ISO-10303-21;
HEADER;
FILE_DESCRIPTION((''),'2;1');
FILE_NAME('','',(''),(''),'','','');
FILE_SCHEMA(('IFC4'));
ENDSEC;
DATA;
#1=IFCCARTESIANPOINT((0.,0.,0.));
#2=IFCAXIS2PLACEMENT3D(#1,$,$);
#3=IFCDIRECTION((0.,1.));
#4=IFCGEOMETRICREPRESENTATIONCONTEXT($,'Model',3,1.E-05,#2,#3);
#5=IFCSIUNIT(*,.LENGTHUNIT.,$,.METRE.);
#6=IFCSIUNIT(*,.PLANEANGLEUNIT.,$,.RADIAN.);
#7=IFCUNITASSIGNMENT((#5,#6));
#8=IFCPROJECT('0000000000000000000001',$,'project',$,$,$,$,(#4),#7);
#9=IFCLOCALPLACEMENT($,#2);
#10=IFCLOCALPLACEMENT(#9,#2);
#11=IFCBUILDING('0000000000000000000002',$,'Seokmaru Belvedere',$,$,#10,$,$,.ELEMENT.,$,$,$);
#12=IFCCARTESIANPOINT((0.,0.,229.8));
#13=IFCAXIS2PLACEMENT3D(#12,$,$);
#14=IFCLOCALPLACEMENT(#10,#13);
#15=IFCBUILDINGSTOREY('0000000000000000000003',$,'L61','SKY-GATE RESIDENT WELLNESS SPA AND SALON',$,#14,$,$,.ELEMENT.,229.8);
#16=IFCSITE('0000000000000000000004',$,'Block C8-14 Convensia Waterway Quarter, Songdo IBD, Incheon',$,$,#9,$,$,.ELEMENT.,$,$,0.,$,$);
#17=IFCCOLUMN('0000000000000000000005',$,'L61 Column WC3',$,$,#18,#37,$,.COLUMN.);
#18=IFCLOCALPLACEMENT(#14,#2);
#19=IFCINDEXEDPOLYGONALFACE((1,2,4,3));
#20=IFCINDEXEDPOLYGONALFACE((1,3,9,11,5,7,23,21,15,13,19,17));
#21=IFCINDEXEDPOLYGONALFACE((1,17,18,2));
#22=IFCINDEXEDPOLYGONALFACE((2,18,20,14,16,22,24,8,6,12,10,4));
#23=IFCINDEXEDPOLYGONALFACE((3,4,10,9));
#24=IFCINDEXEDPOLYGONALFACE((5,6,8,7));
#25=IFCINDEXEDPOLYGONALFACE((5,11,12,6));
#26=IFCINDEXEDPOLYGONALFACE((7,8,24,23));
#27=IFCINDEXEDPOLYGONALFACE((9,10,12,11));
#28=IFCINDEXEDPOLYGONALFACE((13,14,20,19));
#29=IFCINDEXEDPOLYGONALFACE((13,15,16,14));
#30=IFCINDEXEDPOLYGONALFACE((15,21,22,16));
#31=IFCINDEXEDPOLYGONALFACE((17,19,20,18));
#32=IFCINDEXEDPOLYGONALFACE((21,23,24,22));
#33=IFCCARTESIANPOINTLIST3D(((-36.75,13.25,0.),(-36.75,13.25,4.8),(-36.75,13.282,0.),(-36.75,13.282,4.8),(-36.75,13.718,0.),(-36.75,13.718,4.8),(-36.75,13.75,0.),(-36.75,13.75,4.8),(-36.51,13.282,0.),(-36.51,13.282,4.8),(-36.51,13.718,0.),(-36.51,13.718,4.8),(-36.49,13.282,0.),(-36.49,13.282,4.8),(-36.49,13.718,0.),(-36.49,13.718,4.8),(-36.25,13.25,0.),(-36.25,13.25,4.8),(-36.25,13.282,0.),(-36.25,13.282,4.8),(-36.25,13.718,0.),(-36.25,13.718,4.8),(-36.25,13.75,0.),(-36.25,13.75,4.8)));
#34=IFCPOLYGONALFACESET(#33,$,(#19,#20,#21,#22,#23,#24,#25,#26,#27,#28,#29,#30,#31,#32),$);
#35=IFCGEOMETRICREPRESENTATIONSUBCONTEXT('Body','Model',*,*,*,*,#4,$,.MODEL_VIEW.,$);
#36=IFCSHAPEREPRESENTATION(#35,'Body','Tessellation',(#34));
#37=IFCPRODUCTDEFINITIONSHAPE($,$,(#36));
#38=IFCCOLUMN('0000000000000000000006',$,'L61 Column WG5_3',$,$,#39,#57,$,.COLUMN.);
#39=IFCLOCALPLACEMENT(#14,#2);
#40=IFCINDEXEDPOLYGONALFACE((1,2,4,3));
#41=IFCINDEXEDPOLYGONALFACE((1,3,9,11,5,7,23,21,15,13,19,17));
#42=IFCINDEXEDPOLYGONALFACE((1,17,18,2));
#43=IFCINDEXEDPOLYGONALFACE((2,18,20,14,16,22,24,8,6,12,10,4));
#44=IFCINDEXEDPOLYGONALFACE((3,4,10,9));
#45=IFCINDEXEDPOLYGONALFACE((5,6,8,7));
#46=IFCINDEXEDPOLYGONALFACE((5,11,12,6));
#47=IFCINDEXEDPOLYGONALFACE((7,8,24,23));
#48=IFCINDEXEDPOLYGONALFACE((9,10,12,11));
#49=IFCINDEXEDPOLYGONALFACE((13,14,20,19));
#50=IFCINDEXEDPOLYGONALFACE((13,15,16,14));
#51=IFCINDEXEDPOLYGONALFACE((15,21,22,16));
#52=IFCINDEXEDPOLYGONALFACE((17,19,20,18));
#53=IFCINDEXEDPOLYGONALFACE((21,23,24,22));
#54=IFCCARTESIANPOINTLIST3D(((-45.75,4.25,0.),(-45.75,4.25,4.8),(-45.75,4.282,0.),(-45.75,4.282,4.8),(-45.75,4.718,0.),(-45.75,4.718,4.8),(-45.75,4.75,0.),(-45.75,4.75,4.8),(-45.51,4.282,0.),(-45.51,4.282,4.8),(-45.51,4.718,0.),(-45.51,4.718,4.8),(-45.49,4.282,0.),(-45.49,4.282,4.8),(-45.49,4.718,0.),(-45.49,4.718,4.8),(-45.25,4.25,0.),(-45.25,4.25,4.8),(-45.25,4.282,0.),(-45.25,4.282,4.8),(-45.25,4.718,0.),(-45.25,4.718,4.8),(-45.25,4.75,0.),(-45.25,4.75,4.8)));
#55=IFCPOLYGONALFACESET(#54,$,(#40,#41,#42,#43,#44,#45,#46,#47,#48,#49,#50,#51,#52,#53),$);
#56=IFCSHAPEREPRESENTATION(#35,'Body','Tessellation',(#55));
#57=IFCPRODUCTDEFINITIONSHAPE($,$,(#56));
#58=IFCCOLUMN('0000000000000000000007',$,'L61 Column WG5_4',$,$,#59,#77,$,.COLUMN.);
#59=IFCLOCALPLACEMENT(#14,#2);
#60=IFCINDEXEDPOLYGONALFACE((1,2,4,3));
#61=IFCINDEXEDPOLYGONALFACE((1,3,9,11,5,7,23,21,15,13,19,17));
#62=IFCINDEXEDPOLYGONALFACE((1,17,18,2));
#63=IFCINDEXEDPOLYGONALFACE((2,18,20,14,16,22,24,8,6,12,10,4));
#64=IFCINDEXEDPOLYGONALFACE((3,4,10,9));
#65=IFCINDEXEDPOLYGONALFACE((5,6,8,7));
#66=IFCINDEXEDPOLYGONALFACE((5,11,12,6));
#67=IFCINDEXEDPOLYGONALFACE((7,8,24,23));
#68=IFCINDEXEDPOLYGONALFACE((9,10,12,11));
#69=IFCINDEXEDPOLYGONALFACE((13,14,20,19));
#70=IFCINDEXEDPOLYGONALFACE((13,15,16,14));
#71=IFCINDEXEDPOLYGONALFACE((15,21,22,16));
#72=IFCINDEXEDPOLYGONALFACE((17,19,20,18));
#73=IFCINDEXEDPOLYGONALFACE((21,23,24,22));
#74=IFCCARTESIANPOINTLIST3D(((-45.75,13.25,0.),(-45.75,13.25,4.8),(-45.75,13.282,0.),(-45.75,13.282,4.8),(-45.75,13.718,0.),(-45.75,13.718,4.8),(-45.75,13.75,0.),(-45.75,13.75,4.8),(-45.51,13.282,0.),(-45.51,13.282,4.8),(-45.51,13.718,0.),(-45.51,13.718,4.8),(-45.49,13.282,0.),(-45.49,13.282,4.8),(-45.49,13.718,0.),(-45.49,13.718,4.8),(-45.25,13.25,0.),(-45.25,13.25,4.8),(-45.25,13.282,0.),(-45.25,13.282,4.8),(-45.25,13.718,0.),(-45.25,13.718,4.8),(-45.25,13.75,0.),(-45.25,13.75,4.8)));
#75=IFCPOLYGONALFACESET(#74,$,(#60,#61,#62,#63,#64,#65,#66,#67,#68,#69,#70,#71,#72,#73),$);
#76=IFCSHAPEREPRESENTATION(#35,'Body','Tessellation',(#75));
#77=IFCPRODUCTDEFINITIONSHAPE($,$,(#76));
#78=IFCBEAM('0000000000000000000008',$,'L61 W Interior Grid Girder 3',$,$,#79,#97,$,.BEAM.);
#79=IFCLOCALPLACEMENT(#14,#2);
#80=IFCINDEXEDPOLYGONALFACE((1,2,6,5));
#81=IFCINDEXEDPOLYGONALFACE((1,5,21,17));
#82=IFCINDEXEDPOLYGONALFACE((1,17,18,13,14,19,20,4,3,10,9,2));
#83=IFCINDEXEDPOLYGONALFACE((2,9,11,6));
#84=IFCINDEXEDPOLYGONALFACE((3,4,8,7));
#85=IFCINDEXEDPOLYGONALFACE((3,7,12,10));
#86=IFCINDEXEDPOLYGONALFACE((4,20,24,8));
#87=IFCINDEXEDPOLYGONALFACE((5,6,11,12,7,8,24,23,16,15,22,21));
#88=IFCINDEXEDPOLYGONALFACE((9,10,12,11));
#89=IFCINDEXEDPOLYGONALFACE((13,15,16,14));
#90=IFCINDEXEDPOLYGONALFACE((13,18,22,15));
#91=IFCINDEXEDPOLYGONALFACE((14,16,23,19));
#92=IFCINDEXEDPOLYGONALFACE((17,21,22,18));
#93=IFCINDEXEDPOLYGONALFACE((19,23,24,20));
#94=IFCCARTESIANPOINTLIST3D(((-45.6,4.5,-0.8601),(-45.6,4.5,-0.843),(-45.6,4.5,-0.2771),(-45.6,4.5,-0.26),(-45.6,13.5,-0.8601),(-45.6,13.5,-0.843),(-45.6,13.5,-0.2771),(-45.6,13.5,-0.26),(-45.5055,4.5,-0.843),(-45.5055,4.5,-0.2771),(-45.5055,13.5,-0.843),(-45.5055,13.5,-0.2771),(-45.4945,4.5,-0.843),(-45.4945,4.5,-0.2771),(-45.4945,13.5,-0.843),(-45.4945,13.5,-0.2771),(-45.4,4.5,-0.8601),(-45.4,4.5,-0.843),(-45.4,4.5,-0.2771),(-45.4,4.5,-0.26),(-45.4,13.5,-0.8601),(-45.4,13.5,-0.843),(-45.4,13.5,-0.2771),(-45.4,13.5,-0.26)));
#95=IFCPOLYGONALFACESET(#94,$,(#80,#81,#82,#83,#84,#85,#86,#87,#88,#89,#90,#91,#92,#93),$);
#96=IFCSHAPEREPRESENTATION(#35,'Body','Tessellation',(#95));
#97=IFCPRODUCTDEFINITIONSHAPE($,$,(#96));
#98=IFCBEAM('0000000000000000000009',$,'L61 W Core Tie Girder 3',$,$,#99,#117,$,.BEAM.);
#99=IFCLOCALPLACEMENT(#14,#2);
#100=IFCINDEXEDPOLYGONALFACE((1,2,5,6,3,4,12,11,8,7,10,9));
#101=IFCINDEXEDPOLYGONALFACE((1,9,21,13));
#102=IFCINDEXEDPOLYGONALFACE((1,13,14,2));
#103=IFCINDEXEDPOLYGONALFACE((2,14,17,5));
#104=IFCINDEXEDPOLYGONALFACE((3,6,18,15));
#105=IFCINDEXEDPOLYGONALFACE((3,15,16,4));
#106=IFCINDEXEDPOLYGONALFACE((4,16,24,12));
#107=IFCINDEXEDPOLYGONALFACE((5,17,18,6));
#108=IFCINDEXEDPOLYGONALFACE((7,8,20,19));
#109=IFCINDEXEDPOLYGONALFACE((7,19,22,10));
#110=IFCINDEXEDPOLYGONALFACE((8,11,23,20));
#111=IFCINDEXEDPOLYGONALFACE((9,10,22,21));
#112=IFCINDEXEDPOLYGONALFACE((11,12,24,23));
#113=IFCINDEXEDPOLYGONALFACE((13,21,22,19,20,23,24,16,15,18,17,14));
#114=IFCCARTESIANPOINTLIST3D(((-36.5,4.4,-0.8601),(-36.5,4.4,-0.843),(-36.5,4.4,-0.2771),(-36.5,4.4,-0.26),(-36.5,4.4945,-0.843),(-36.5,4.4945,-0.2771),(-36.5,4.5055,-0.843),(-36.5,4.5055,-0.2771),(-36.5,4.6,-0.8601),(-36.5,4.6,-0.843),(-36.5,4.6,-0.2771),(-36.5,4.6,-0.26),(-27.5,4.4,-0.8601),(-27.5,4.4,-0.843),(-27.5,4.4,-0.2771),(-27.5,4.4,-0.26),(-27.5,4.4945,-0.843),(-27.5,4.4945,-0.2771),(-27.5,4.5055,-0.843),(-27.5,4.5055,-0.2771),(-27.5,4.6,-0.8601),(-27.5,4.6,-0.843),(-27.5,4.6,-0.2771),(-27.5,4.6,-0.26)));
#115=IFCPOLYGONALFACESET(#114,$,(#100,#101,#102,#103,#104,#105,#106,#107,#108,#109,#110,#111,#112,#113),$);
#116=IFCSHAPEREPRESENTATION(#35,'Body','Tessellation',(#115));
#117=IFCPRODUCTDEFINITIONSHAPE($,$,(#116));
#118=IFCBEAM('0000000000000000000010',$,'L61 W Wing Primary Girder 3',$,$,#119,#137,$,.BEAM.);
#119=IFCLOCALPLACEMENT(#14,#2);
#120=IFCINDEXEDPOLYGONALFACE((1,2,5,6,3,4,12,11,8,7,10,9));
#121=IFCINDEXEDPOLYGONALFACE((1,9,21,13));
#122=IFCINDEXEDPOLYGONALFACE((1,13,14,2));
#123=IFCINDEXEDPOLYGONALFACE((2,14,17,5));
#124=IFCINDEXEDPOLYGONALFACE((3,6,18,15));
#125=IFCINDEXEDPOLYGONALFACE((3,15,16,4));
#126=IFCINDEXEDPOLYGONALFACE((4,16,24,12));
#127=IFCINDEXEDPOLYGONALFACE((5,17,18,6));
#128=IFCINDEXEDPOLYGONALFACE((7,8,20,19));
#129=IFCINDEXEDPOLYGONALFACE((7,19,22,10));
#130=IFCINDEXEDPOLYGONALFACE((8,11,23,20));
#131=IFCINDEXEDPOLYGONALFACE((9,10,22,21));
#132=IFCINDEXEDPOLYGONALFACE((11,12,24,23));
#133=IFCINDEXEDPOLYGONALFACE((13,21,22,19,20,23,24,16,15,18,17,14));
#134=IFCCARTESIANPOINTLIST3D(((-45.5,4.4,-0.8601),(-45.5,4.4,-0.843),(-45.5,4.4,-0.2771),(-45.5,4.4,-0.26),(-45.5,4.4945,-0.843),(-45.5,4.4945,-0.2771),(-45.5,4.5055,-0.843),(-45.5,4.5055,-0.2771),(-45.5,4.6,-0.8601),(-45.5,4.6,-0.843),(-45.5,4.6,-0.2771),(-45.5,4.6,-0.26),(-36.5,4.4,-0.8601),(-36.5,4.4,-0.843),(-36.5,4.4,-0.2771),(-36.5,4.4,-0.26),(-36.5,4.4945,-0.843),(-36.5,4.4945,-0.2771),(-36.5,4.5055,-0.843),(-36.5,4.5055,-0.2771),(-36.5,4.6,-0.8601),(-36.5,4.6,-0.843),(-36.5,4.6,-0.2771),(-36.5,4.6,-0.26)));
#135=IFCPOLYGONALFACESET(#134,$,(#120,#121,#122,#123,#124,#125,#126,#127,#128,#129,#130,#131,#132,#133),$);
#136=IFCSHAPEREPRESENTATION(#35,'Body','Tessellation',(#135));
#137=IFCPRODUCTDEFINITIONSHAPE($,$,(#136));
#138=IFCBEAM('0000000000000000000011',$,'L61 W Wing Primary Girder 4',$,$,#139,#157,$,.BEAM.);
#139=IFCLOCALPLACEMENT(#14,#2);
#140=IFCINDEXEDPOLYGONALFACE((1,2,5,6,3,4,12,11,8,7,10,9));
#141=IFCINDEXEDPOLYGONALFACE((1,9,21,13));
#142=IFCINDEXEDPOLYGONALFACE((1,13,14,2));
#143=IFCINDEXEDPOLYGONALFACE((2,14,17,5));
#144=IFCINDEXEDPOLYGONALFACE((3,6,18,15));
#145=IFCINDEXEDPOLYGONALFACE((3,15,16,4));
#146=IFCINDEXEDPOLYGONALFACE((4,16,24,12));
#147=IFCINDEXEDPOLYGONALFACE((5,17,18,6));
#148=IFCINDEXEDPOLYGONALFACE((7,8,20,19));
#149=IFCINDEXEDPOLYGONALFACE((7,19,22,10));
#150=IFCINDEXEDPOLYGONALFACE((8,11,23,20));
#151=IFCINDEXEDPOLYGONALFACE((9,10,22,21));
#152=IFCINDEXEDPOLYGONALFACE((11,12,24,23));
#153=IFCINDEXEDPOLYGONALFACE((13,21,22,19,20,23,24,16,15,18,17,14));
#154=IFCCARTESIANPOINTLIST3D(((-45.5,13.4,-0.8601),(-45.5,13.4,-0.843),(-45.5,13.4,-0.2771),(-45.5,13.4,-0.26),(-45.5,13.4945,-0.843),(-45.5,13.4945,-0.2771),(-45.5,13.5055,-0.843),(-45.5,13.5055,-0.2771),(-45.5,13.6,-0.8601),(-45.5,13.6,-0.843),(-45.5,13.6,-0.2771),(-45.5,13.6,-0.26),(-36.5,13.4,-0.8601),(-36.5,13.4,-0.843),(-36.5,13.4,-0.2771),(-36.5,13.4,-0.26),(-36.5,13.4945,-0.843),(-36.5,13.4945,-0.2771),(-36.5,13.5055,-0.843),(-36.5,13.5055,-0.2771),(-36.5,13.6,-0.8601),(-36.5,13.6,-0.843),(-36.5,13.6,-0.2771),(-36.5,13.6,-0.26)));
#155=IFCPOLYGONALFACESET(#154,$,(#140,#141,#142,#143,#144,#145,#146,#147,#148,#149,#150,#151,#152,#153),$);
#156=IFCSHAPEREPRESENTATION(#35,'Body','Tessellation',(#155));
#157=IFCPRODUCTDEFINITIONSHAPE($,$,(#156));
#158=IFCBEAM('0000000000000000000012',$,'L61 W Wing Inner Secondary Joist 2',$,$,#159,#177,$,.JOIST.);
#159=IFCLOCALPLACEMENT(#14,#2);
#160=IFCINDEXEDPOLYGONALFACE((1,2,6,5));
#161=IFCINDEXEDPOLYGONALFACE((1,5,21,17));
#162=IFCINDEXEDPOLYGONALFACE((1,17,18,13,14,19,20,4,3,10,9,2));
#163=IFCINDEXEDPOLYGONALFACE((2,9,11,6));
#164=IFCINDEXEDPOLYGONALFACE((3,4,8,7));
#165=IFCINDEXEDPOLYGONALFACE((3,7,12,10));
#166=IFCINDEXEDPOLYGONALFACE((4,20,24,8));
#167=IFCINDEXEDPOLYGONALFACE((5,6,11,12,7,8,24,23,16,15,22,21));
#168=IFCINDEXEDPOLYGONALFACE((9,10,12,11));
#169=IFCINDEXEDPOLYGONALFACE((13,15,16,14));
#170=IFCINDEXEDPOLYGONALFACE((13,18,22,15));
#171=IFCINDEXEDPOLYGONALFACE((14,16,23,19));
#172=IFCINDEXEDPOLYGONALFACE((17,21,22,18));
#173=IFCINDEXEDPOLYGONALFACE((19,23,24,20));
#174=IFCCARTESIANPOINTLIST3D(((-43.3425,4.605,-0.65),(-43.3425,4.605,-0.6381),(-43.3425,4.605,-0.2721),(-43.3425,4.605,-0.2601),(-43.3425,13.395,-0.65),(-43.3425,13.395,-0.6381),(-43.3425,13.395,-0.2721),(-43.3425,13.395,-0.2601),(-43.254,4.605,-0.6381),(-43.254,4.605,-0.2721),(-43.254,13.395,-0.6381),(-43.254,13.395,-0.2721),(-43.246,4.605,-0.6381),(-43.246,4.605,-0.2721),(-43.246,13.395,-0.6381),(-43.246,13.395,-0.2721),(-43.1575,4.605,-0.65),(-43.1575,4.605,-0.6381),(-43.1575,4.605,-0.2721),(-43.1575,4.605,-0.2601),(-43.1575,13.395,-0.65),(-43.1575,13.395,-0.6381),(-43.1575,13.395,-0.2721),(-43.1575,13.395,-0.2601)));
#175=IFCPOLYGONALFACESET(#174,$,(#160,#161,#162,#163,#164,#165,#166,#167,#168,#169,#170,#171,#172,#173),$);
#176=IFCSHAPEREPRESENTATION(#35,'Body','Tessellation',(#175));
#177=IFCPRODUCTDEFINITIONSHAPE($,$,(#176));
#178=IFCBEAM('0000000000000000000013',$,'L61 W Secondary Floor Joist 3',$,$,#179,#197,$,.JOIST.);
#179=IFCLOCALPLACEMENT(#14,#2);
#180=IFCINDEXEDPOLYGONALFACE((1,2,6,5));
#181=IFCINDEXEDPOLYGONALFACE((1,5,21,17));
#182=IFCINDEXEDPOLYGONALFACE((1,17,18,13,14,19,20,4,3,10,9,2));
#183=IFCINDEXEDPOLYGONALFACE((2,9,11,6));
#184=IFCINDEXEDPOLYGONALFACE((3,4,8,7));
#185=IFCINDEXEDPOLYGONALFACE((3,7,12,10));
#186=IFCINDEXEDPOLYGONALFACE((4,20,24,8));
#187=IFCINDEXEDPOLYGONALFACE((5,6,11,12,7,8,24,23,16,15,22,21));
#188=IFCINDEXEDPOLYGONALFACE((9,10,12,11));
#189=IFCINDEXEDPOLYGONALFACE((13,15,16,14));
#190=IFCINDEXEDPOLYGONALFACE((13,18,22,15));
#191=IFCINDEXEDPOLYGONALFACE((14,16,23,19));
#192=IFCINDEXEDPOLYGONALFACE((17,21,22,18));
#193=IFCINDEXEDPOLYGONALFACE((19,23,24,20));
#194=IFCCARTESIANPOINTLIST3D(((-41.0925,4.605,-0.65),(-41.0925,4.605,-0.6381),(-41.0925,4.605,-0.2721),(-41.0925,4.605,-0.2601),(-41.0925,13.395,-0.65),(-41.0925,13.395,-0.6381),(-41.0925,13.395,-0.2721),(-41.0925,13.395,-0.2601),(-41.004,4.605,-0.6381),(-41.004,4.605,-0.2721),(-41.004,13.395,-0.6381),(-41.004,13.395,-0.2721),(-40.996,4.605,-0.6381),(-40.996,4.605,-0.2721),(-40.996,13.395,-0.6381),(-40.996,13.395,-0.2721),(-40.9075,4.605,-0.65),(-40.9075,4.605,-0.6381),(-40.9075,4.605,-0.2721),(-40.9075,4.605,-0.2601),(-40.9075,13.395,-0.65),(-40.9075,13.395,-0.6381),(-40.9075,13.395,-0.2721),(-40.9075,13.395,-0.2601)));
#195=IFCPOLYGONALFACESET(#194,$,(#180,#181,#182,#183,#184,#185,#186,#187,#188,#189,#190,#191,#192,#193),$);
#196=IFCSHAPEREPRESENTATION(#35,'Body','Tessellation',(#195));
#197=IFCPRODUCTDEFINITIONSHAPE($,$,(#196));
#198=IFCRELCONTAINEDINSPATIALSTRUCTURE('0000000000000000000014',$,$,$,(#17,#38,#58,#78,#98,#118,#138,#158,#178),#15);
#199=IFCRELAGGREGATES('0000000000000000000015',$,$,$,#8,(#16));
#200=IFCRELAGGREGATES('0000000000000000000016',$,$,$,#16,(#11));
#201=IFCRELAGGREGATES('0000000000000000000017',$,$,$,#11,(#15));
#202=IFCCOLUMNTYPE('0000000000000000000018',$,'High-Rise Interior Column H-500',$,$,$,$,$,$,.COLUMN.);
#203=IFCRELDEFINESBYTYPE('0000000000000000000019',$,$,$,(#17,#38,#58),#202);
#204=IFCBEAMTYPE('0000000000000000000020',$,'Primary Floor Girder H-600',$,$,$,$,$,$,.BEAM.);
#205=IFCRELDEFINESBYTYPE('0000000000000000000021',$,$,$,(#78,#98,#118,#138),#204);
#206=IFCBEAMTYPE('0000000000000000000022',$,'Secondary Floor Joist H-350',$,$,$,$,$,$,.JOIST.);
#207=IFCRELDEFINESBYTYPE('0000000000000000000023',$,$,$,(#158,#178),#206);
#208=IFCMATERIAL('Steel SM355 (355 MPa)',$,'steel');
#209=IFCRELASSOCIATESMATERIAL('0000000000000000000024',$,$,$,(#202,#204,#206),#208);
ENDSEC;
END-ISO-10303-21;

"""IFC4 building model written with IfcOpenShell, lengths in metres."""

from ifc_helpers import new_model, si_unit, direction, frame, origin, origin_2d, place, context, subcontext, project, spatial, i_section, extrude, source, transform, mapped, material, material_profile, profile_set, type_object, type_shapes, element, save


model = new_model("IFC4")

# Units and contexts
model_context = context("Model", 3, precision=1e-05, world=origin(), true_north=direction((0.0, 1.0)))
body_context = subcontext(model_context, "Body", "Model", "MODEL_VIEW")
ifc_project = project(units=[si_unit("LENGTHUNIT", "METRE"), si_unit("PLANEANGLEUNIT", "RADIAN")], contexts=[model_context])

# Site, building, storey
site_placement = place(None, origin())
site = spatial("IfcSite", under=ifc_project, at=site_placement, Name="Block C8-14 Convensia Waterway Quarter, Songdo IBD, Incheon", CompositionType="ELEMENT", RefElevation=0.0)
building_placement = place(site_placement, origin())
building = spatial("IfcBuilding", under=site, at=building_placement, Name="Seokmaru Belvedere", CompositionType="ELEMENT")
storey_placement = place(building_placement, frame((0.0, 0.0, 229.8)))
storey = spatial("IfcBuildingStorey", under=building, at=storey_placement, Name="L61", Description="SKY-GATE RESIDENT WELLNESS SPA AND SALON", CompositionType="ELEMENT", Elevation=229.8)

# Columns
ifc_material_1 = material(Name="Steel SM355 (355 MPa)", Category="steel")
ifc_material_profile_1 = material_profile(ifc_material_1, i_section(OverallWidth=0.5, OverallDepth=0.5, WebThickness=0.02, FlangeThickness=0.032, at=origin_2d()), Name="H-500x500x20x32")
ifc_profile_set_1 = profile_set([ifc_material_profile_1], Name="Steel SM355 (355 MPa)")
column_type = type_object("IfcColumnType", Name="High-Rise Interior Column H-500", PredefinedType="COLUMN", material=ifc_profile_set_1)
shared_shape_1 = source(origin(), body_context, "Body", "SweptSolid", [
    extrude(i_section(OverallWidth=0.5, OverallDepth=0.5, WebThickness=0.02, FlangeThickness=0.032, at=origin_2d()), origin(), (0.0, 0.0, 1.0), 4.8),
])
type_shapes(column_type, [shared_shape_1])
for number, where, z_axis, x_axis, name in (
    (1, (-36.5, 13.5, 0.0), (0.0, 0.0, 1.0), (1.0, 0.0, 0.0), "L61 Column WC3"),
    (2, (-45.5, 4.5, 0.0), (0.0, 0.0, 1.0), (1.0, 0.0, 0.0), "L61 Column WG5_3"),
    (3, (-45.5, 13.5, 0.0), (0.0, 0.0, 1.0), (1.0, 0.0, 0.0), "L61 Column WG5_4"),
):
    element("IfcColumn", number, at=place(storey_placement, frame(where, z_axis=z_axis, x_axis=x_axis)), inside=storey, type_object=column_type, Name=name, PredefinedType="COLUMN", context=body_context, shape_type="MappedRepresentation", body=[
        mapped(shared_shape_1, transform((0.0, 0.0, 0.0), scale=1.0)),
    ])

# Beams
ifc_material_profile_2 = material_profile(ifc_material_1, i_section(OverallWidth=0.2, OverallDepth=0.6001, WebThickness=0.011, FlangeThickness=0.0171, at=origin_2d()), Name="H-600x200x11x17")
ifc_profile_set_2 = profile_set([ifc_material_profile_2], Name="Steel SM355 (355 MPa)")
beam_type_1 = type_object("IfcBeamType", Name="Primary Floor Girder H-600", PredefinedType="BEAM", material=ifc_profile_set_2)
shared_shape_2 = source(origin(), body_context, "Body", "SweptSolid", [
    extrude(i_section(OverallWidth=0.2, OverallDepth=0.6001, WebThickness=0.011, FlangeThickness=0.0171, at=origin_2d()), origin(), (0.0, 0.0, 1.0), 9.0),
])
for number, where, z_axis, x_axis, name in (
    (4, (-45.5, 4.5, -0.5601), (0.0, 1.0, 0.0), (-1.0, 0.0, 0.0), "L61 W Interior Grid Girder 3"),
    (5, (-36.5, 4.5, -0.5601), (1.0, 0.0, 0.0), (0.0, 1.0, 0.0), "L61 W Core Tie Girder 3"),
    (6, (-45.5, 4.5, -0.5601), (1.0, 0.0, 0.0), (0.0, 1.0, 0.0), "L61 W Wing Primary Girder 3"),
    (7, (-45.5, 13.5, -0.5601), (1.0, 0.0, 0.0), (0.0, 1.0, 0.0), "L61 W Wing Primary Girder 4"),
):
    element("IfcBeam", number, at=place(storey_placement, frame(where, z_axis=z_axis, x_axis=x_axis)), inside=storey, type_object=beam_type_1, Name=name, PredefinedType="BEAM", context=body_context, shape_type="MappedRepresentation", body=[
        mapped(shared_shape_2, transform((0.0, 0.0, 0.0), scale=1.0)),
    ])
ifc_material_profile_3 = material_profile(ifc_material_1, i_section(OverallWidth=0.1851, OverallDepth=0.3899, WebThickness=0.0081, FlangeThickness=0.012, at=origin_2d()), Name="H-390x185x8x12")
ifc_profile_set_3 = profile_set([ifc_material_profile_3], Name="Steel SM355 (355 MPa)")
beam_type_2 = type_object("IfcBeamType", Name="Secondary Floor Joist H-350", PredefinedType="JOIST", material=ifc_profile_set_3)
shared_shape_3 = source(origin(), body_context, "Body", "SweptSolid", [
    extrude(i_section(OverallWidth=0.1851, OverallDepth=0.3899, WebThickness=0.0081, FlangeThickness=0.012, at=origin_2d()), origin(), (0.0, 0.0, 1.0), 8.79),
])
type_shapes(beam_type_2, [shared_shape_3])
for number, where, z_axis, x_axis, name in (
    (8, (-43.25, 4.605, -0.4551), (0.0, 1.0, 0.0), (-1.0, 0.0, 0.0), "L61 W Wing Inner Secondary Joist 2"),
    (9, (-41.0, 4.605, -0.4551), (0.0, 1.0, 0.0), (-1.0, 0.0, 0.0), "L61 W Secondary Floor Joist 3"),
):
    element("IfcBeam", number, at=place(storey_placement, frame(where, z_axis=z_axis, x_axis=x_axis)), inside=storey, type_object=beam_type_2, Name=name, PredefinedType="JOIST", context=body_context, shape_type="MappedRepresentation", body=[
        mapped(shared_shape_3, transform((0.0, 0.0, 0.0), scale=1.0)),
    ])

save(model, "model.ifc")
